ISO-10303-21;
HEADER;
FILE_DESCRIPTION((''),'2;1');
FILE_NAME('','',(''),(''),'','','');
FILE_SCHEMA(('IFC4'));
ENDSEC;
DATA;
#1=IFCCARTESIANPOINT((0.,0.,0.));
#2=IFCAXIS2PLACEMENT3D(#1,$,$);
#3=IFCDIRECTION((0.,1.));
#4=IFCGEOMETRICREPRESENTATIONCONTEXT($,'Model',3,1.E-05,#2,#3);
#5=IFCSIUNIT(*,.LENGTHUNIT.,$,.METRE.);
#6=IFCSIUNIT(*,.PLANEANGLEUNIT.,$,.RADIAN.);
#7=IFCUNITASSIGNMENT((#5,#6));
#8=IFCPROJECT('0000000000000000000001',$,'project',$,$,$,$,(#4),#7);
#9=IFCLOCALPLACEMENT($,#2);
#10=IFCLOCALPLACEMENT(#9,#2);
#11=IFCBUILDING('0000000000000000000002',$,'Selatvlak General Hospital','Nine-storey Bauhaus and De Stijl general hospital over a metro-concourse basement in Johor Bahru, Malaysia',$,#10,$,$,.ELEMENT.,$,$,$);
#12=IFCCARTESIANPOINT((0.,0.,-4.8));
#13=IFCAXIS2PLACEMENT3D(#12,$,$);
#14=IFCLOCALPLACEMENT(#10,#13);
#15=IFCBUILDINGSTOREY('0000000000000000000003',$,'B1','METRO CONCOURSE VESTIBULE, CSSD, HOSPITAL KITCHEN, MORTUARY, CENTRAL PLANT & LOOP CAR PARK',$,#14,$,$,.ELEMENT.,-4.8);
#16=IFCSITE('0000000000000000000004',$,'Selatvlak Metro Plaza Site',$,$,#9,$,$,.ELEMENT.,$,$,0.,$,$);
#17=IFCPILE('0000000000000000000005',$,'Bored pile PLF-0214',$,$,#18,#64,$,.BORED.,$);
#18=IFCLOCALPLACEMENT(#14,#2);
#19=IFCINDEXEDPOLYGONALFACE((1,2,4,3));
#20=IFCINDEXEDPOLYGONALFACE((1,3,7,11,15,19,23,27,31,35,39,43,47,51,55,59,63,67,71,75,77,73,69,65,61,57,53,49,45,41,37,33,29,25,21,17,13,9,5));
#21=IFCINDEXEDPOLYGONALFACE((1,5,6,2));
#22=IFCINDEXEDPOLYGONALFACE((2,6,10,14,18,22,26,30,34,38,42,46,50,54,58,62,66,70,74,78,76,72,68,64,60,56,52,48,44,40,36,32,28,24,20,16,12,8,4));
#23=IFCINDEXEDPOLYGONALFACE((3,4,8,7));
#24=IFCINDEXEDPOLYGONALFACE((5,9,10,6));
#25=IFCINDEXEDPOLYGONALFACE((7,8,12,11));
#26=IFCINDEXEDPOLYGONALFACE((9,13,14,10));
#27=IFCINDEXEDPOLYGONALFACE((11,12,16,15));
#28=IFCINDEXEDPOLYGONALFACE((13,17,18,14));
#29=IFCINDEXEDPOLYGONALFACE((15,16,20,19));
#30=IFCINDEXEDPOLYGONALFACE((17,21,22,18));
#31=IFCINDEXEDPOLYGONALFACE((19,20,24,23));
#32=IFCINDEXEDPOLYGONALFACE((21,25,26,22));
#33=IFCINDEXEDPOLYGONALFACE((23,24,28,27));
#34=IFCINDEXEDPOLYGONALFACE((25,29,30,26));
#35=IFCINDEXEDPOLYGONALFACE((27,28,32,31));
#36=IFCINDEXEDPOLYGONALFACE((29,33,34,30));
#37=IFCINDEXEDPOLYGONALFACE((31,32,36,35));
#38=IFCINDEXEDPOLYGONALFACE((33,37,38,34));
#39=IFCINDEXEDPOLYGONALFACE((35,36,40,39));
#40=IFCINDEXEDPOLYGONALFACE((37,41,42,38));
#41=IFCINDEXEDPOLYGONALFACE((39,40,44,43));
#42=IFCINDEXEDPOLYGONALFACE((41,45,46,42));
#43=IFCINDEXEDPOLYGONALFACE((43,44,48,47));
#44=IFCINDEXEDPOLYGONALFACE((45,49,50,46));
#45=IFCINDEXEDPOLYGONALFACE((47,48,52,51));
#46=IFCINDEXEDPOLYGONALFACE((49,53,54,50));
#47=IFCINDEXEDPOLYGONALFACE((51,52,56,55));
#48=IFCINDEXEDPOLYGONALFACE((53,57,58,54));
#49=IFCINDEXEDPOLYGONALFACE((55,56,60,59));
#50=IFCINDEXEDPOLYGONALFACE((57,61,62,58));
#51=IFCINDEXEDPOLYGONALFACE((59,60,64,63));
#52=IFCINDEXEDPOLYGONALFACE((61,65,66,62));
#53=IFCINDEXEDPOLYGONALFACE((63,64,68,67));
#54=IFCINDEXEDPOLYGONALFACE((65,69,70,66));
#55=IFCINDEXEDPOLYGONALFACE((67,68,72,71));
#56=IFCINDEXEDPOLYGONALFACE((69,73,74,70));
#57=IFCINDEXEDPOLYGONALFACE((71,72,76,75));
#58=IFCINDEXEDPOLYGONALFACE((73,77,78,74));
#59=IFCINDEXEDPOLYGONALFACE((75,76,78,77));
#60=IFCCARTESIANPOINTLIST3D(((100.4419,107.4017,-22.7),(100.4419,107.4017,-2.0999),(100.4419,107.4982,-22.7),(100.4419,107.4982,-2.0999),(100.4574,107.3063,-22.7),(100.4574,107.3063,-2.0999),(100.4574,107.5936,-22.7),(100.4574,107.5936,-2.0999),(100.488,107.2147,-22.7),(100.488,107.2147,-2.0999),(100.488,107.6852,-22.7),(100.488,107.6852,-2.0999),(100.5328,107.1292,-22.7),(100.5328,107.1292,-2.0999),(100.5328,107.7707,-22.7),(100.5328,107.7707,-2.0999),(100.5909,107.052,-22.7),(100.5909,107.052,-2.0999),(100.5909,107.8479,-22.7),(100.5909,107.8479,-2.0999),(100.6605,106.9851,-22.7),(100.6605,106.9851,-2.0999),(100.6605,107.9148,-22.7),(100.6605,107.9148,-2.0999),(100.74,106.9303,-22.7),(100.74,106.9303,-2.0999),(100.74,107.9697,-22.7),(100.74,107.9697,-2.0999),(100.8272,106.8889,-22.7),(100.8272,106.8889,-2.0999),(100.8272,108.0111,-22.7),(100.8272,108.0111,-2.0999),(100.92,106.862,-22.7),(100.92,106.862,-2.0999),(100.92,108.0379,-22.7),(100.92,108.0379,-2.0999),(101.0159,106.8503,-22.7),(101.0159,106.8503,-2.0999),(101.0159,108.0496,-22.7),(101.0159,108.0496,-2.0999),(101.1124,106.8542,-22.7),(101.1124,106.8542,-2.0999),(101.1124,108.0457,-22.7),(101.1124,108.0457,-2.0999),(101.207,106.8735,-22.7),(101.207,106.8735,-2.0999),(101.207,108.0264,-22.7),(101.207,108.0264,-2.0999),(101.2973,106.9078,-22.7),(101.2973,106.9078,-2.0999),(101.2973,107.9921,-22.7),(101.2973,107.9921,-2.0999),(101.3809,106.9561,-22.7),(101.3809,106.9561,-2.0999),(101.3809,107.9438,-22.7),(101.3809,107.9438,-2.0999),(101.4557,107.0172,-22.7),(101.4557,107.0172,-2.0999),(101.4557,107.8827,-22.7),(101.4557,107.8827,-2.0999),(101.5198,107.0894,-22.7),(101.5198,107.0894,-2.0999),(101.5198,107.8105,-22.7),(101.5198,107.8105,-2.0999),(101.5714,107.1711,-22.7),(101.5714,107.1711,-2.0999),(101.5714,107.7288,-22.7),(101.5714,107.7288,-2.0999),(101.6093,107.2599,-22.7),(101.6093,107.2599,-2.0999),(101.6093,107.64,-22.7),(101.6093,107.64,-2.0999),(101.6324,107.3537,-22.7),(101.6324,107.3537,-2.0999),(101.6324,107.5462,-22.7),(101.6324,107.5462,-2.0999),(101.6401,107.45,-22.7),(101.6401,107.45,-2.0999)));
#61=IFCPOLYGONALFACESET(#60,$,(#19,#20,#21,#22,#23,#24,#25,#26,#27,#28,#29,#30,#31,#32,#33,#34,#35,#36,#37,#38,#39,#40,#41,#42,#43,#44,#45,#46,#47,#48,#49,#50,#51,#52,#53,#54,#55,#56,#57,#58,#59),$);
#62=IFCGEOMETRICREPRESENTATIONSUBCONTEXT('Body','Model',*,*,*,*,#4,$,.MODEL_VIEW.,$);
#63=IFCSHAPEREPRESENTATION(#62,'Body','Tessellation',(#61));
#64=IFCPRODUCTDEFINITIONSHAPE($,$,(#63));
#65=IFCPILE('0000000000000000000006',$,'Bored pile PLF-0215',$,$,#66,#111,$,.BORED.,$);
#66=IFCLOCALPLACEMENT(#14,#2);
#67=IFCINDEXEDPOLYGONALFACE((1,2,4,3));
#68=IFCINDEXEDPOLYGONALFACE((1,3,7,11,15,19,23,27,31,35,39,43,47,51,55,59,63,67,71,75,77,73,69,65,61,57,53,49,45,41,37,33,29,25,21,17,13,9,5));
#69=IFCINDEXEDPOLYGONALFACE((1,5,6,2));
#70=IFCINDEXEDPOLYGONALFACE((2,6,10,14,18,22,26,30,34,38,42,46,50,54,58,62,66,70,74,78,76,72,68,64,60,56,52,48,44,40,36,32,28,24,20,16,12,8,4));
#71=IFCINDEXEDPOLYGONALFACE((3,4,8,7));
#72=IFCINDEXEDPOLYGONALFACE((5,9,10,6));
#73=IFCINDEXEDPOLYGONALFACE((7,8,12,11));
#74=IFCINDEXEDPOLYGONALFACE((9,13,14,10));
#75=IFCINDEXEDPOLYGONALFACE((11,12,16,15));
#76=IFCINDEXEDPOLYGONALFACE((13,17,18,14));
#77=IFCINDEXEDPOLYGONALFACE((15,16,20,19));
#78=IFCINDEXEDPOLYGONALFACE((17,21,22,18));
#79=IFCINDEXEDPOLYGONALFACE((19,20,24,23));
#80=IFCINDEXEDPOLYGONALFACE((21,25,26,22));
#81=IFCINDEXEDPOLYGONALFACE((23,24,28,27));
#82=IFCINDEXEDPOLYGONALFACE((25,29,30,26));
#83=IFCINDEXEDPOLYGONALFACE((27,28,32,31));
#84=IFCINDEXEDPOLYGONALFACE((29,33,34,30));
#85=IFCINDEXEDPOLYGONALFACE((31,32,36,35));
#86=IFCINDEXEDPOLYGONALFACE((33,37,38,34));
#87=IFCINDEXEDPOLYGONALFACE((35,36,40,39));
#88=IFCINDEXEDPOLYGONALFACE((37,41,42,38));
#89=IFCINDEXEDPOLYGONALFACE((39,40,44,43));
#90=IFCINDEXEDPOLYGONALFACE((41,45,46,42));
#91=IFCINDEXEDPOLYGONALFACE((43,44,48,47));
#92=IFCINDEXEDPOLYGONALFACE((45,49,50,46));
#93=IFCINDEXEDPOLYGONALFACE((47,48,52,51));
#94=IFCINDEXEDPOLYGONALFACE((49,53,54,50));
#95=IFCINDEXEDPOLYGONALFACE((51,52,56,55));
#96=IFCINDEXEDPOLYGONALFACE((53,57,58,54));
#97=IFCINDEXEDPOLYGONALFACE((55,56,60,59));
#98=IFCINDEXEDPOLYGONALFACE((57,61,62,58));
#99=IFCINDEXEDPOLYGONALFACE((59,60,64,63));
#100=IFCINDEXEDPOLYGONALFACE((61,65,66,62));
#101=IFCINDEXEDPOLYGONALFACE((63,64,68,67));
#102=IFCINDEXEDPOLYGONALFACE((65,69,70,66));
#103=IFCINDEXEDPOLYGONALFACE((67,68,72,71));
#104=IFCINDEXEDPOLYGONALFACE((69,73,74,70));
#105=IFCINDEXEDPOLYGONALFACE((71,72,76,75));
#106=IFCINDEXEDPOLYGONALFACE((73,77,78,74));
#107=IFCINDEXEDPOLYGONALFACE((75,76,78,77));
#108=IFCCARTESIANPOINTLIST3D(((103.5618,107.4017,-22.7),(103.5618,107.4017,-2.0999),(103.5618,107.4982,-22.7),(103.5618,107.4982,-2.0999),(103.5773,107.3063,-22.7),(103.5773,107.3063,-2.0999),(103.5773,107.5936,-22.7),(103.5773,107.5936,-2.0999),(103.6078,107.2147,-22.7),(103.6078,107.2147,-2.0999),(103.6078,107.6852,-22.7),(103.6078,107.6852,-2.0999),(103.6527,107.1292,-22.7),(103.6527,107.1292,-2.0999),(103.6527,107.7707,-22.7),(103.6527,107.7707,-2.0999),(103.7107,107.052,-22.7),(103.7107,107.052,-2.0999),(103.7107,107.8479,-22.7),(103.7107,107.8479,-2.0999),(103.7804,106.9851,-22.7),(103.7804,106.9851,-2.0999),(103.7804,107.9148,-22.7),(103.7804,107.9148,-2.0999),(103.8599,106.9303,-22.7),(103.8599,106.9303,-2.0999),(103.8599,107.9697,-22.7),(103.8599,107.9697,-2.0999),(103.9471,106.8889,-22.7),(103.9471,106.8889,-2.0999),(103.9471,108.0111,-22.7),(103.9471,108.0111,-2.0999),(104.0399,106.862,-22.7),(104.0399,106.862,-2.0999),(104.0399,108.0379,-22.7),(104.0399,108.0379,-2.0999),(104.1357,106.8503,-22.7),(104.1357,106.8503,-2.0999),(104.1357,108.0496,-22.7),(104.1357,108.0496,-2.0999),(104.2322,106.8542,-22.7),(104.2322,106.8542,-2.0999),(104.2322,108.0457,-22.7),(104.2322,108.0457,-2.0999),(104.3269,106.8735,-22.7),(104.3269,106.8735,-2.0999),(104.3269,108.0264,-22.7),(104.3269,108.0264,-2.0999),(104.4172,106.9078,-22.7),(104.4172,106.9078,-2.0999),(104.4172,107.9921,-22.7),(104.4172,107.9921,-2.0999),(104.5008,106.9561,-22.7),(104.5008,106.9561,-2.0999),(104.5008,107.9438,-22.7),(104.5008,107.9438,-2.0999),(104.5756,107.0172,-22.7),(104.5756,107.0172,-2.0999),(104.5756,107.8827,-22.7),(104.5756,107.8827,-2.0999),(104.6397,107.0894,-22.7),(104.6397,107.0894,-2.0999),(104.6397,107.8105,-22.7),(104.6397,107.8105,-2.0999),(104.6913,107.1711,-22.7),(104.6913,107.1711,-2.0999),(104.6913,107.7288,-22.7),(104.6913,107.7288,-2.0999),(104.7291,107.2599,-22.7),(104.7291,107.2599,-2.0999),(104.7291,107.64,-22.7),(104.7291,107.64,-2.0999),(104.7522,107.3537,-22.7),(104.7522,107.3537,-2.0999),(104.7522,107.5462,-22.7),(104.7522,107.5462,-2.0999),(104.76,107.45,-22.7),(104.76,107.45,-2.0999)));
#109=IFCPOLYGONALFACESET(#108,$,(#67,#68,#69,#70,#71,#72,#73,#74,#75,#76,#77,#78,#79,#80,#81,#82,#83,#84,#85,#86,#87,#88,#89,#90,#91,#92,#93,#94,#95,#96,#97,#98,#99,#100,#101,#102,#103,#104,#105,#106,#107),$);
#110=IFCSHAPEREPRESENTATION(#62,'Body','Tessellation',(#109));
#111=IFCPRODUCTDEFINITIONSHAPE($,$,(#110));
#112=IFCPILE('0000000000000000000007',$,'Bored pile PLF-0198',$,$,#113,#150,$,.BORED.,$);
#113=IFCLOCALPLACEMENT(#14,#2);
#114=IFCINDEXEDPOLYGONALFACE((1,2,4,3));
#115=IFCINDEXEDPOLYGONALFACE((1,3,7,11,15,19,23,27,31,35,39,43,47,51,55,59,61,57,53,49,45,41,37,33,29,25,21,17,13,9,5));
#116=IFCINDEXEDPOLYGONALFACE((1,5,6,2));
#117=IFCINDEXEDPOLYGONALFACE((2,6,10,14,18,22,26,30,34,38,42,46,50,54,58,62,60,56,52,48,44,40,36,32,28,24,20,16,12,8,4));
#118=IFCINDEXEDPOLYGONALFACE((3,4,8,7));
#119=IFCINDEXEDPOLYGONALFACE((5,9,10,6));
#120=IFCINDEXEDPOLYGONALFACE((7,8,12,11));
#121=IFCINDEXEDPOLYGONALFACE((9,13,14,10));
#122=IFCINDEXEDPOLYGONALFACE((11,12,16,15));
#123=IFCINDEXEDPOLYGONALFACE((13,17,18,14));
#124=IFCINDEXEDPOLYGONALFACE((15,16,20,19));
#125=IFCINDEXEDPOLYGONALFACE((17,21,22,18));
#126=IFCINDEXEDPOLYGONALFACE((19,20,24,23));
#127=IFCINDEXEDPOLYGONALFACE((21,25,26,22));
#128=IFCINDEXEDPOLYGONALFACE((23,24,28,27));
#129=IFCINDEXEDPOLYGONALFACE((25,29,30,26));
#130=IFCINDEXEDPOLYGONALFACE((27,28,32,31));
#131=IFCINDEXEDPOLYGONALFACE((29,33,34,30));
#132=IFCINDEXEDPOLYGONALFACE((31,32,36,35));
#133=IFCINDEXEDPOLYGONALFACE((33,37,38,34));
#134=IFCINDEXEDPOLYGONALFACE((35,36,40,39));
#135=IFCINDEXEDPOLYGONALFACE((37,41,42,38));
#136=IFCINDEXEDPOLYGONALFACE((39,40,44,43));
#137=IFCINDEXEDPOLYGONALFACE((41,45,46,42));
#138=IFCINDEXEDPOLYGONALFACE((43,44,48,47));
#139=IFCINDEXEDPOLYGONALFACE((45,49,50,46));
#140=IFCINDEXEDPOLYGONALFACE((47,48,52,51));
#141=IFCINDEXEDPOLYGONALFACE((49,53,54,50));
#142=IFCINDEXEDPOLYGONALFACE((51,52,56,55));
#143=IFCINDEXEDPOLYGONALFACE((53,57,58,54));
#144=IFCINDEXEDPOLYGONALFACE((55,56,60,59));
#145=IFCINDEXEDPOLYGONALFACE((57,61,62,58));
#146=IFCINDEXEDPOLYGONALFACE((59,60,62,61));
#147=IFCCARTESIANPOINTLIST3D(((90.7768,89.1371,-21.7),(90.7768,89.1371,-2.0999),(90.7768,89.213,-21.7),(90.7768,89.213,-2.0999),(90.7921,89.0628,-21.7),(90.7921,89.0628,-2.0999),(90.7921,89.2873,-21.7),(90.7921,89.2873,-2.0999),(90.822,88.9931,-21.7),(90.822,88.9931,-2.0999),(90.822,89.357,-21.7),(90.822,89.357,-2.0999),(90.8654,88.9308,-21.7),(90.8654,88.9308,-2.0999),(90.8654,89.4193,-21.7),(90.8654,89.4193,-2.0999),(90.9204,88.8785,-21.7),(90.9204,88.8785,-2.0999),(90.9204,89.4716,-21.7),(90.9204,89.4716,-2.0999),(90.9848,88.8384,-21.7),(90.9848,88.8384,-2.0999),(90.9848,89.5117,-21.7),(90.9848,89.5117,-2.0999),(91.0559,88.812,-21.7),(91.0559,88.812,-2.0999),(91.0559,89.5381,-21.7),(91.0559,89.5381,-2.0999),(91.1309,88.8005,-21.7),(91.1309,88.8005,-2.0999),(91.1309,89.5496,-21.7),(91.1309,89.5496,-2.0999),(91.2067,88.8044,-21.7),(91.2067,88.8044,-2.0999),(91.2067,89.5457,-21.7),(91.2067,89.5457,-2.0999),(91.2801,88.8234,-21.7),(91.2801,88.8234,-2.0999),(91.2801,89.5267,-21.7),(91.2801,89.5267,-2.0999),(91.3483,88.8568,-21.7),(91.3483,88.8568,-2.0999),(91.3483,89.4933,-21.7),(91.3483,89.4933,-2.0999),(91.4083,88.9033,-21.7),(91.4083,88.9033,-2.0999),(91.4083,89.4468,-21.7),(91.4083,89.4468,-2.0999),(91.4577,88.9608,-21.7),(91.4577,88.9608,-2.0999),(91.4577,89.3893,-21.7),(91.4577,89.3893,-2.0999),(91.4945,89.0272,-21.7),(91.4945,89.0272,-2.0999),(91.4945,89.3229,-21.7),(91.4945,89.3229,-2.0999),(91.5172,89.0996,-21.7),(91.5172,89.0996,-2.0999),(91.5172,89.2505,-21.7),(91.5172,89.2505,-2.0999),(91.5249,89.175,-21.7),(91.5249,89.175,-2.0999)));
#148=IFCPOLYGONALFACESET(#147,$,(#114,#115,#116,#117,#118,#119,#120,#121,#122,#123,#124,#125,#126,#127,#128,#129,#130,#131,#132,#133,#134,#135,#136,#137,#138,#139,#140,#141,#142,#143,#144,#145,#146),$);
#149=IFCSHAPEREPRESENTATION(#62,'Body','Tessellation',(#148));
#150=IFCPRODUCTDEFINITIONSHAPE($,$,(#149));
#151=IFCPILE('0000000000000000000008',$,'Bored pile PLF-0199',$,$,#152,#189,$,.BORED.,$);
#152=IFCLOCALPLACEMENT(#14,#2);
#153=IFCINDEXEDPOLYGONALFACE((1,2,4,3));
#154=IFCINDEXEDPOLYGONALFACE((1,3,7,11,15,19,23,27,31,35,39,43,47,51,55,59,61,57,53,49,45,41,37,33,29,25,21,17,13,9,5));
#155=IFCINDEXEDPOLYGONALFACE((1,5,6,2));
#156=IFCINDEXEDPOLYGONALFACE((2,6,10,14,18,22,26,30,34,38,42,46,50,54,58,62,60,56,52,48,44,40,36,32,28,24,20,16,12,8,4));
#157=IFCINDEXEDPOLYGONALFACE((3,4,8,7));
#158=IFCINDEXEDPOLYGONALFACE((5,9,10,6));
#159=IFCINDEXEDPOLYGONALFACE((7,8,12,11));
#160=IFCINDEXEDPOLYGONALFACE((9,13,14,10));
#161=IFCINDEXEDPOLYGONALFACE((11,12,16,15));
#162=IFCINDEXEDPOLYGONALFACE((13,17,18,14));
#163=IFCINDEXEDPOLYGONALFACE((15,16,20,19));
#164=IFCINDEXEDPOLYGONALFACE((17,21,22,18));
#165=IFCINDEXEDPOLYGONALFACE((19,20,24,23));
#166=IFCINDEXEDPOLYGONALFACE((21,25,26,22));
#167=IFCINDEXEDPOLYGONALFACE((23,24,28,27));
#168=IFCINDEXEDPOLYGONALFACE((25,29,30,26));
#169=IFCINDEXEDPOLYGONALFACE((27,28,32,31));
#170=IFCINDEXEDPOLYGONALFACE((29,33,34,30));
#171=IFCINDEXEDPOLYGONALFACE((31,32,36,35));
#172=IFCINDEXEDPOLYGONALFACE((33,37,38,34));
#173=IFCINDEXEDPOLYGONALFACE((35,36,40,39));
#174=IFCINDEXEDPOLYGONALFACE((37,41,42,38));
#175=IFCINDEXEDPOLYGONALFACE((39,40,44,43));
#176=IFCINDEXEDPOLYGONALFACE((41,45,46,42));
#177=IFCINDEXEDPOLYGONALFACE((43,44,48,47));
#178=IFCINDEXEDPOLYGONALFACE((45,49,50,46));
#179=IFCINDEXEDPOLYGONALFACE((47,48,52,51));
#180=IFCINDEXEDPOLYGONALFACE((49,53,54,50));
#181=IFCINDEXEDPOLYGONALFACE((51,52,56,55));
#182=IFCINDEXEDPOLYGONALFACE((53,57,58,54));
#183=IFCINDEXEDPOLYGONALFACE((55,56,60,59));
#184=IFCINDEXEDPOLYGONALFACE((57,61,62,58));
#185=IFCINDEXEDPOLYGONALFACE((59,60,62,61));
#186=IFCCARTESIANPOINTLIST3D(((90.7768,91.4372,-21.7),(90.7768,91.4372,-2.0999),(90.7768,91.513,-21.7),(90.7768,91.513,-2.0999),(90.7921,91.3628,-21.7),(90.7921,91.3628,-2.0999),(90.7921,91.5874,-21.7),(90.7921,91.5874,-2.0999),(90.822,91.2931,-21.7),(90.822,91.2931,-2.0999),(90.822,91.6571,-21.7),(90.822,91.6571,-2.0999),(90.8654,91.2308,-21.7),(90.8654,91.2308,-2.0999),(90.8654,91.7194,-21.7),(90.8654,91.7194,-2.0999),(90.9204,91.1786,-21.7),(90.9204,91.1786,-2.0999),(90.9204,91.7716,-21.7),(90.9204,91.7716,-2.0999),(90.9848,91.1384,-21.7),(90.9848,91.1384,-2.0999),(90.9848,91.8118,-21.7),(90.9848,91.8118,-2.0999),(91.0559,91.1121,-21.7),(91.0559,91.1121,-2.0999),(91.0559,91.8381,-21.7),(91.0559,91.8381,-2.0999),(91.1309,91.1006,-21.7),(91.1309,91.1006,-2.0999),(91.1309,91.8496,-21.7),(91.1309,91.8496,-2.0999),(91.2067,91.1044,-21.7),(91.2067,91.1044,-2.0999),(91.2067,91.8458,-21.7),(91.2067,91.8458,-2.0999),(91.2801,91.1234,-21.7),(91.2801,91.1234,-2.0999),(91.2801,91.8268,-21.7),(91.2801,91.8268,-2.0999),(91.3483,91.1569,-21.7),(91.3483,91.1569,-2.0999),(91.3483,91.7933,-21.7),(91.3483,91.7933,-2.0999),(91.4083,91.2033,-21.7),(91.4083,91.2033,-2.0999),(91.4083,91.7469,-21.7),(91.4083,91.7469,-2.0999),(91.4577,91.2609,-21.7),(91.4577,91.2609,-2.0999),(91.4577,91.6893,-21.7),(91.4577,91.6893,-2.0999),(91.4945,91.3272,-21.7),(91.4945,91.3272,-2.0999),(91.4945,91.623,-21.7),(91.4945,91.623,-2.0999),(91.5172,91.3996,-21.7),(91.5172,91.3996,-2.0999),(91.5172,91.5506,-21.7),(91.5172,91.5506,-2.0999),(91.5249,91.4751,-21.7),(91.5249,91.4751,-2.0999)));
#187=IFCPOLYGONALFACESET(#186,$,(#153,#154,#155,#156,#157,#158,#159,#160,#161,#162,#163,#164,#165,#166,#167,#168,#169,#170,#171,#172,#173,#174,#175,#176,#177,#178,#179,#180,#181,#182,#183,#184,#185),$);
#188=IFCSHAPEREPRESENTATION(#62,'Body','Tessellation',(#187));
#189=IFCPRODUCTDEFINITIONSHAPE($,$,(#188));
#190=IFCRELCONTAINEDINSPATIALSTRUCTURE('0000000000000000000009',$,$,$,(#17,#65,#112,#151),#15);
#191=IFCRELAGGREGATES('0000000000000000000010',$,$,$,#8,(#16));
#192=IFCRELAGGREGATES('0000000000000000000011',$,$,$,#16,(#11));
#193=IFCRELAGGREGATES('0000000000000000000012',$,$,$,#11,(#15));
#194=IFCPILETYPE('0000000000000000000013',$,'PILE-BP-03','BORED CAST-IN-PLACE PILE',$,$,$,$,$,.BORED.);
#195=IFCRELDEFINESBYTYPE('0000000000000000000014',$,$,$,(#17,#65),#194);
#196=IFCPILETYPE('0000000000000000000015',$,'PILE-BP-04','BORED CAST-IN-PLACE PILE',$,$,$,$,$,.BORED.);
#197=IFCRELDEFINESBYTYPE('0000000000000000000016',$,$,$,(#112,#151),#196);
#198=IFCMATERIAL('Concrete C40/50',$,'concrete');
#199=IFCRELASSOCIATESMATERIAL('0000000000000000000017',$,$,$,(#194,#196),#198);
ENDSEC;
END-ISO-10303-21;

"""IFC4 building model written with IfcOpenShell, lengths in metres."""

from ifc_helpers import new_model, si_unit, direction, frame, origin, origin_2d, place, context, subcontext, project, spatial, circle, extrude, material, material_profile, profile_set, type_object, element, save


model = new_model("IFC4")

# Units and contexts
model_context = context("Model", 3, precision=1e-05, world=origin(), true_north=direction((0.0, 1.0)))
body_context = subcontext(model_context, "Body", "Model", "MODEL_VIEW")
ifc_project = project(units=[si_unit("LENGTHUNIT", "METRE"), si_unit("PLANEANGLEUNIT", "RADIAN")], contexts=[model_context])

# Site, building, storey
site_placement = place(None, origin())
site = spatial("IfcSite", under=ifc_project, at=site_placement, Name="Selatvlak Metro Plaza Site", CompositionType="ELEMENT", RefElevation=0.0)
building_placement = place(site_placement, origin())
building = spatial("IfcBuilding", under=site, at=building_placement, Name="Selatvlak General Hospital", Description="Nine-storey Bauhaus and De Stijl general hospital over a metro-concourse basement in Johor Bahru, Malaysia", CompositionType="ELEMENT")
storey_placement = place(building_placement, frame((0.0, 0.0, -4.8)))
storey = spatial("IfcBuildingStorey", under=building, at=storey_placement, Name="B1", Description="METRO CONCOURSE VESTIBULE, CSSD, HOSPITAL KITCHEN, MORTUARY, CENTRAL PLANT & LOOP CAR PARK", CompositionType="ELEMENT", Elevation=-4.8)

# Shared definitions
ifc_material_1 = material(Name="Concrete C40/50", Category="concrete")

# Piles
ifc_material_profile_1 = material_profile(ifc_material_1, circle(Radius=0.6001, at=origin_2d()), Name="BORED PILE 1200")
ifc_profile_set_1 = profile_set([ifc_material_profile_1], Name="Concrete C40/50")
pile_type_1 = type_object("IfcPileType", Name="PILE-BP-03", Description="BORED CAST-IN-PLACE PILE", PredefinedType="BORED", material=ifc_profile_set_1)
for number, where, z_axis, x_axis, name in (
    (1, (101.04, 107.45, -2.0999), (0.0, 0.0, -1.0), (1.0, 0.0, 0.0), "Bored pile PLF-0214"),
    (2, (104.1599, 107.45, -2.0999), (0.0, 0.0, -1.0), (1.0, 0.0, 0.0), "Bored pile PLF-0215"),
):
    element("IfcPile", number, at=place(storey_placement, frame(where, z_axis=z_axis, x_axis=x_axis)), inside=storey, type_object=pile_type_1, Name=name, PredefinedType="BORED", context=body_context, shape_type="SweptSolid", body=[
        extrude(circle(Radius=0.6001, at=origin_2d()), origin(), (0.0, 0.0, 1.0), 20.6001),
    ])
ifc_material_profile_2 = material_profile(ifc_material_1, circle(Radius=0.375, at=origin_2d()), Name="BORED PILE 750")
ifc_profile_set_2 = profile_set([ifc_material_profile_2], Name="Concrete C40/50")
pile_type_2 = type_object("IfcPileType", Name="PILE-BP-04", Description="BORED CAST-IN-PLACE PILE", PredefinedType="BORED", material=ifc_profile_set_2)
for number, where, z_axis, x_axis, name in (
    (3, (91.1499, 89.175, -2.0999), (0.0, 0.0, -1.0), (1.0, 0.0, 0.0), "Bored pile PLF-0198"),
    (4, (91.1499, 91.4751, -2.0999), (0.0, 0.0, -1.0), (1.0, 0.0, 0.0), "Bored pile PLF-0199"),
):
    element("IfcPile", number, at=place(storey_placement, frame(where, z_axis=z_axis, x_axis=x_axis)), inside=storey, type_object=pile_type_2, Name=name, PredefinedType="BORED", context=body_context, shape_type="SweptSolid", body=[
        extrude(circle(Radius=0.375, at=origin_2d()), origin(), (0.0, 0.0, 1.0), 19.6001),
    ])

save(model, "model.ifc")
